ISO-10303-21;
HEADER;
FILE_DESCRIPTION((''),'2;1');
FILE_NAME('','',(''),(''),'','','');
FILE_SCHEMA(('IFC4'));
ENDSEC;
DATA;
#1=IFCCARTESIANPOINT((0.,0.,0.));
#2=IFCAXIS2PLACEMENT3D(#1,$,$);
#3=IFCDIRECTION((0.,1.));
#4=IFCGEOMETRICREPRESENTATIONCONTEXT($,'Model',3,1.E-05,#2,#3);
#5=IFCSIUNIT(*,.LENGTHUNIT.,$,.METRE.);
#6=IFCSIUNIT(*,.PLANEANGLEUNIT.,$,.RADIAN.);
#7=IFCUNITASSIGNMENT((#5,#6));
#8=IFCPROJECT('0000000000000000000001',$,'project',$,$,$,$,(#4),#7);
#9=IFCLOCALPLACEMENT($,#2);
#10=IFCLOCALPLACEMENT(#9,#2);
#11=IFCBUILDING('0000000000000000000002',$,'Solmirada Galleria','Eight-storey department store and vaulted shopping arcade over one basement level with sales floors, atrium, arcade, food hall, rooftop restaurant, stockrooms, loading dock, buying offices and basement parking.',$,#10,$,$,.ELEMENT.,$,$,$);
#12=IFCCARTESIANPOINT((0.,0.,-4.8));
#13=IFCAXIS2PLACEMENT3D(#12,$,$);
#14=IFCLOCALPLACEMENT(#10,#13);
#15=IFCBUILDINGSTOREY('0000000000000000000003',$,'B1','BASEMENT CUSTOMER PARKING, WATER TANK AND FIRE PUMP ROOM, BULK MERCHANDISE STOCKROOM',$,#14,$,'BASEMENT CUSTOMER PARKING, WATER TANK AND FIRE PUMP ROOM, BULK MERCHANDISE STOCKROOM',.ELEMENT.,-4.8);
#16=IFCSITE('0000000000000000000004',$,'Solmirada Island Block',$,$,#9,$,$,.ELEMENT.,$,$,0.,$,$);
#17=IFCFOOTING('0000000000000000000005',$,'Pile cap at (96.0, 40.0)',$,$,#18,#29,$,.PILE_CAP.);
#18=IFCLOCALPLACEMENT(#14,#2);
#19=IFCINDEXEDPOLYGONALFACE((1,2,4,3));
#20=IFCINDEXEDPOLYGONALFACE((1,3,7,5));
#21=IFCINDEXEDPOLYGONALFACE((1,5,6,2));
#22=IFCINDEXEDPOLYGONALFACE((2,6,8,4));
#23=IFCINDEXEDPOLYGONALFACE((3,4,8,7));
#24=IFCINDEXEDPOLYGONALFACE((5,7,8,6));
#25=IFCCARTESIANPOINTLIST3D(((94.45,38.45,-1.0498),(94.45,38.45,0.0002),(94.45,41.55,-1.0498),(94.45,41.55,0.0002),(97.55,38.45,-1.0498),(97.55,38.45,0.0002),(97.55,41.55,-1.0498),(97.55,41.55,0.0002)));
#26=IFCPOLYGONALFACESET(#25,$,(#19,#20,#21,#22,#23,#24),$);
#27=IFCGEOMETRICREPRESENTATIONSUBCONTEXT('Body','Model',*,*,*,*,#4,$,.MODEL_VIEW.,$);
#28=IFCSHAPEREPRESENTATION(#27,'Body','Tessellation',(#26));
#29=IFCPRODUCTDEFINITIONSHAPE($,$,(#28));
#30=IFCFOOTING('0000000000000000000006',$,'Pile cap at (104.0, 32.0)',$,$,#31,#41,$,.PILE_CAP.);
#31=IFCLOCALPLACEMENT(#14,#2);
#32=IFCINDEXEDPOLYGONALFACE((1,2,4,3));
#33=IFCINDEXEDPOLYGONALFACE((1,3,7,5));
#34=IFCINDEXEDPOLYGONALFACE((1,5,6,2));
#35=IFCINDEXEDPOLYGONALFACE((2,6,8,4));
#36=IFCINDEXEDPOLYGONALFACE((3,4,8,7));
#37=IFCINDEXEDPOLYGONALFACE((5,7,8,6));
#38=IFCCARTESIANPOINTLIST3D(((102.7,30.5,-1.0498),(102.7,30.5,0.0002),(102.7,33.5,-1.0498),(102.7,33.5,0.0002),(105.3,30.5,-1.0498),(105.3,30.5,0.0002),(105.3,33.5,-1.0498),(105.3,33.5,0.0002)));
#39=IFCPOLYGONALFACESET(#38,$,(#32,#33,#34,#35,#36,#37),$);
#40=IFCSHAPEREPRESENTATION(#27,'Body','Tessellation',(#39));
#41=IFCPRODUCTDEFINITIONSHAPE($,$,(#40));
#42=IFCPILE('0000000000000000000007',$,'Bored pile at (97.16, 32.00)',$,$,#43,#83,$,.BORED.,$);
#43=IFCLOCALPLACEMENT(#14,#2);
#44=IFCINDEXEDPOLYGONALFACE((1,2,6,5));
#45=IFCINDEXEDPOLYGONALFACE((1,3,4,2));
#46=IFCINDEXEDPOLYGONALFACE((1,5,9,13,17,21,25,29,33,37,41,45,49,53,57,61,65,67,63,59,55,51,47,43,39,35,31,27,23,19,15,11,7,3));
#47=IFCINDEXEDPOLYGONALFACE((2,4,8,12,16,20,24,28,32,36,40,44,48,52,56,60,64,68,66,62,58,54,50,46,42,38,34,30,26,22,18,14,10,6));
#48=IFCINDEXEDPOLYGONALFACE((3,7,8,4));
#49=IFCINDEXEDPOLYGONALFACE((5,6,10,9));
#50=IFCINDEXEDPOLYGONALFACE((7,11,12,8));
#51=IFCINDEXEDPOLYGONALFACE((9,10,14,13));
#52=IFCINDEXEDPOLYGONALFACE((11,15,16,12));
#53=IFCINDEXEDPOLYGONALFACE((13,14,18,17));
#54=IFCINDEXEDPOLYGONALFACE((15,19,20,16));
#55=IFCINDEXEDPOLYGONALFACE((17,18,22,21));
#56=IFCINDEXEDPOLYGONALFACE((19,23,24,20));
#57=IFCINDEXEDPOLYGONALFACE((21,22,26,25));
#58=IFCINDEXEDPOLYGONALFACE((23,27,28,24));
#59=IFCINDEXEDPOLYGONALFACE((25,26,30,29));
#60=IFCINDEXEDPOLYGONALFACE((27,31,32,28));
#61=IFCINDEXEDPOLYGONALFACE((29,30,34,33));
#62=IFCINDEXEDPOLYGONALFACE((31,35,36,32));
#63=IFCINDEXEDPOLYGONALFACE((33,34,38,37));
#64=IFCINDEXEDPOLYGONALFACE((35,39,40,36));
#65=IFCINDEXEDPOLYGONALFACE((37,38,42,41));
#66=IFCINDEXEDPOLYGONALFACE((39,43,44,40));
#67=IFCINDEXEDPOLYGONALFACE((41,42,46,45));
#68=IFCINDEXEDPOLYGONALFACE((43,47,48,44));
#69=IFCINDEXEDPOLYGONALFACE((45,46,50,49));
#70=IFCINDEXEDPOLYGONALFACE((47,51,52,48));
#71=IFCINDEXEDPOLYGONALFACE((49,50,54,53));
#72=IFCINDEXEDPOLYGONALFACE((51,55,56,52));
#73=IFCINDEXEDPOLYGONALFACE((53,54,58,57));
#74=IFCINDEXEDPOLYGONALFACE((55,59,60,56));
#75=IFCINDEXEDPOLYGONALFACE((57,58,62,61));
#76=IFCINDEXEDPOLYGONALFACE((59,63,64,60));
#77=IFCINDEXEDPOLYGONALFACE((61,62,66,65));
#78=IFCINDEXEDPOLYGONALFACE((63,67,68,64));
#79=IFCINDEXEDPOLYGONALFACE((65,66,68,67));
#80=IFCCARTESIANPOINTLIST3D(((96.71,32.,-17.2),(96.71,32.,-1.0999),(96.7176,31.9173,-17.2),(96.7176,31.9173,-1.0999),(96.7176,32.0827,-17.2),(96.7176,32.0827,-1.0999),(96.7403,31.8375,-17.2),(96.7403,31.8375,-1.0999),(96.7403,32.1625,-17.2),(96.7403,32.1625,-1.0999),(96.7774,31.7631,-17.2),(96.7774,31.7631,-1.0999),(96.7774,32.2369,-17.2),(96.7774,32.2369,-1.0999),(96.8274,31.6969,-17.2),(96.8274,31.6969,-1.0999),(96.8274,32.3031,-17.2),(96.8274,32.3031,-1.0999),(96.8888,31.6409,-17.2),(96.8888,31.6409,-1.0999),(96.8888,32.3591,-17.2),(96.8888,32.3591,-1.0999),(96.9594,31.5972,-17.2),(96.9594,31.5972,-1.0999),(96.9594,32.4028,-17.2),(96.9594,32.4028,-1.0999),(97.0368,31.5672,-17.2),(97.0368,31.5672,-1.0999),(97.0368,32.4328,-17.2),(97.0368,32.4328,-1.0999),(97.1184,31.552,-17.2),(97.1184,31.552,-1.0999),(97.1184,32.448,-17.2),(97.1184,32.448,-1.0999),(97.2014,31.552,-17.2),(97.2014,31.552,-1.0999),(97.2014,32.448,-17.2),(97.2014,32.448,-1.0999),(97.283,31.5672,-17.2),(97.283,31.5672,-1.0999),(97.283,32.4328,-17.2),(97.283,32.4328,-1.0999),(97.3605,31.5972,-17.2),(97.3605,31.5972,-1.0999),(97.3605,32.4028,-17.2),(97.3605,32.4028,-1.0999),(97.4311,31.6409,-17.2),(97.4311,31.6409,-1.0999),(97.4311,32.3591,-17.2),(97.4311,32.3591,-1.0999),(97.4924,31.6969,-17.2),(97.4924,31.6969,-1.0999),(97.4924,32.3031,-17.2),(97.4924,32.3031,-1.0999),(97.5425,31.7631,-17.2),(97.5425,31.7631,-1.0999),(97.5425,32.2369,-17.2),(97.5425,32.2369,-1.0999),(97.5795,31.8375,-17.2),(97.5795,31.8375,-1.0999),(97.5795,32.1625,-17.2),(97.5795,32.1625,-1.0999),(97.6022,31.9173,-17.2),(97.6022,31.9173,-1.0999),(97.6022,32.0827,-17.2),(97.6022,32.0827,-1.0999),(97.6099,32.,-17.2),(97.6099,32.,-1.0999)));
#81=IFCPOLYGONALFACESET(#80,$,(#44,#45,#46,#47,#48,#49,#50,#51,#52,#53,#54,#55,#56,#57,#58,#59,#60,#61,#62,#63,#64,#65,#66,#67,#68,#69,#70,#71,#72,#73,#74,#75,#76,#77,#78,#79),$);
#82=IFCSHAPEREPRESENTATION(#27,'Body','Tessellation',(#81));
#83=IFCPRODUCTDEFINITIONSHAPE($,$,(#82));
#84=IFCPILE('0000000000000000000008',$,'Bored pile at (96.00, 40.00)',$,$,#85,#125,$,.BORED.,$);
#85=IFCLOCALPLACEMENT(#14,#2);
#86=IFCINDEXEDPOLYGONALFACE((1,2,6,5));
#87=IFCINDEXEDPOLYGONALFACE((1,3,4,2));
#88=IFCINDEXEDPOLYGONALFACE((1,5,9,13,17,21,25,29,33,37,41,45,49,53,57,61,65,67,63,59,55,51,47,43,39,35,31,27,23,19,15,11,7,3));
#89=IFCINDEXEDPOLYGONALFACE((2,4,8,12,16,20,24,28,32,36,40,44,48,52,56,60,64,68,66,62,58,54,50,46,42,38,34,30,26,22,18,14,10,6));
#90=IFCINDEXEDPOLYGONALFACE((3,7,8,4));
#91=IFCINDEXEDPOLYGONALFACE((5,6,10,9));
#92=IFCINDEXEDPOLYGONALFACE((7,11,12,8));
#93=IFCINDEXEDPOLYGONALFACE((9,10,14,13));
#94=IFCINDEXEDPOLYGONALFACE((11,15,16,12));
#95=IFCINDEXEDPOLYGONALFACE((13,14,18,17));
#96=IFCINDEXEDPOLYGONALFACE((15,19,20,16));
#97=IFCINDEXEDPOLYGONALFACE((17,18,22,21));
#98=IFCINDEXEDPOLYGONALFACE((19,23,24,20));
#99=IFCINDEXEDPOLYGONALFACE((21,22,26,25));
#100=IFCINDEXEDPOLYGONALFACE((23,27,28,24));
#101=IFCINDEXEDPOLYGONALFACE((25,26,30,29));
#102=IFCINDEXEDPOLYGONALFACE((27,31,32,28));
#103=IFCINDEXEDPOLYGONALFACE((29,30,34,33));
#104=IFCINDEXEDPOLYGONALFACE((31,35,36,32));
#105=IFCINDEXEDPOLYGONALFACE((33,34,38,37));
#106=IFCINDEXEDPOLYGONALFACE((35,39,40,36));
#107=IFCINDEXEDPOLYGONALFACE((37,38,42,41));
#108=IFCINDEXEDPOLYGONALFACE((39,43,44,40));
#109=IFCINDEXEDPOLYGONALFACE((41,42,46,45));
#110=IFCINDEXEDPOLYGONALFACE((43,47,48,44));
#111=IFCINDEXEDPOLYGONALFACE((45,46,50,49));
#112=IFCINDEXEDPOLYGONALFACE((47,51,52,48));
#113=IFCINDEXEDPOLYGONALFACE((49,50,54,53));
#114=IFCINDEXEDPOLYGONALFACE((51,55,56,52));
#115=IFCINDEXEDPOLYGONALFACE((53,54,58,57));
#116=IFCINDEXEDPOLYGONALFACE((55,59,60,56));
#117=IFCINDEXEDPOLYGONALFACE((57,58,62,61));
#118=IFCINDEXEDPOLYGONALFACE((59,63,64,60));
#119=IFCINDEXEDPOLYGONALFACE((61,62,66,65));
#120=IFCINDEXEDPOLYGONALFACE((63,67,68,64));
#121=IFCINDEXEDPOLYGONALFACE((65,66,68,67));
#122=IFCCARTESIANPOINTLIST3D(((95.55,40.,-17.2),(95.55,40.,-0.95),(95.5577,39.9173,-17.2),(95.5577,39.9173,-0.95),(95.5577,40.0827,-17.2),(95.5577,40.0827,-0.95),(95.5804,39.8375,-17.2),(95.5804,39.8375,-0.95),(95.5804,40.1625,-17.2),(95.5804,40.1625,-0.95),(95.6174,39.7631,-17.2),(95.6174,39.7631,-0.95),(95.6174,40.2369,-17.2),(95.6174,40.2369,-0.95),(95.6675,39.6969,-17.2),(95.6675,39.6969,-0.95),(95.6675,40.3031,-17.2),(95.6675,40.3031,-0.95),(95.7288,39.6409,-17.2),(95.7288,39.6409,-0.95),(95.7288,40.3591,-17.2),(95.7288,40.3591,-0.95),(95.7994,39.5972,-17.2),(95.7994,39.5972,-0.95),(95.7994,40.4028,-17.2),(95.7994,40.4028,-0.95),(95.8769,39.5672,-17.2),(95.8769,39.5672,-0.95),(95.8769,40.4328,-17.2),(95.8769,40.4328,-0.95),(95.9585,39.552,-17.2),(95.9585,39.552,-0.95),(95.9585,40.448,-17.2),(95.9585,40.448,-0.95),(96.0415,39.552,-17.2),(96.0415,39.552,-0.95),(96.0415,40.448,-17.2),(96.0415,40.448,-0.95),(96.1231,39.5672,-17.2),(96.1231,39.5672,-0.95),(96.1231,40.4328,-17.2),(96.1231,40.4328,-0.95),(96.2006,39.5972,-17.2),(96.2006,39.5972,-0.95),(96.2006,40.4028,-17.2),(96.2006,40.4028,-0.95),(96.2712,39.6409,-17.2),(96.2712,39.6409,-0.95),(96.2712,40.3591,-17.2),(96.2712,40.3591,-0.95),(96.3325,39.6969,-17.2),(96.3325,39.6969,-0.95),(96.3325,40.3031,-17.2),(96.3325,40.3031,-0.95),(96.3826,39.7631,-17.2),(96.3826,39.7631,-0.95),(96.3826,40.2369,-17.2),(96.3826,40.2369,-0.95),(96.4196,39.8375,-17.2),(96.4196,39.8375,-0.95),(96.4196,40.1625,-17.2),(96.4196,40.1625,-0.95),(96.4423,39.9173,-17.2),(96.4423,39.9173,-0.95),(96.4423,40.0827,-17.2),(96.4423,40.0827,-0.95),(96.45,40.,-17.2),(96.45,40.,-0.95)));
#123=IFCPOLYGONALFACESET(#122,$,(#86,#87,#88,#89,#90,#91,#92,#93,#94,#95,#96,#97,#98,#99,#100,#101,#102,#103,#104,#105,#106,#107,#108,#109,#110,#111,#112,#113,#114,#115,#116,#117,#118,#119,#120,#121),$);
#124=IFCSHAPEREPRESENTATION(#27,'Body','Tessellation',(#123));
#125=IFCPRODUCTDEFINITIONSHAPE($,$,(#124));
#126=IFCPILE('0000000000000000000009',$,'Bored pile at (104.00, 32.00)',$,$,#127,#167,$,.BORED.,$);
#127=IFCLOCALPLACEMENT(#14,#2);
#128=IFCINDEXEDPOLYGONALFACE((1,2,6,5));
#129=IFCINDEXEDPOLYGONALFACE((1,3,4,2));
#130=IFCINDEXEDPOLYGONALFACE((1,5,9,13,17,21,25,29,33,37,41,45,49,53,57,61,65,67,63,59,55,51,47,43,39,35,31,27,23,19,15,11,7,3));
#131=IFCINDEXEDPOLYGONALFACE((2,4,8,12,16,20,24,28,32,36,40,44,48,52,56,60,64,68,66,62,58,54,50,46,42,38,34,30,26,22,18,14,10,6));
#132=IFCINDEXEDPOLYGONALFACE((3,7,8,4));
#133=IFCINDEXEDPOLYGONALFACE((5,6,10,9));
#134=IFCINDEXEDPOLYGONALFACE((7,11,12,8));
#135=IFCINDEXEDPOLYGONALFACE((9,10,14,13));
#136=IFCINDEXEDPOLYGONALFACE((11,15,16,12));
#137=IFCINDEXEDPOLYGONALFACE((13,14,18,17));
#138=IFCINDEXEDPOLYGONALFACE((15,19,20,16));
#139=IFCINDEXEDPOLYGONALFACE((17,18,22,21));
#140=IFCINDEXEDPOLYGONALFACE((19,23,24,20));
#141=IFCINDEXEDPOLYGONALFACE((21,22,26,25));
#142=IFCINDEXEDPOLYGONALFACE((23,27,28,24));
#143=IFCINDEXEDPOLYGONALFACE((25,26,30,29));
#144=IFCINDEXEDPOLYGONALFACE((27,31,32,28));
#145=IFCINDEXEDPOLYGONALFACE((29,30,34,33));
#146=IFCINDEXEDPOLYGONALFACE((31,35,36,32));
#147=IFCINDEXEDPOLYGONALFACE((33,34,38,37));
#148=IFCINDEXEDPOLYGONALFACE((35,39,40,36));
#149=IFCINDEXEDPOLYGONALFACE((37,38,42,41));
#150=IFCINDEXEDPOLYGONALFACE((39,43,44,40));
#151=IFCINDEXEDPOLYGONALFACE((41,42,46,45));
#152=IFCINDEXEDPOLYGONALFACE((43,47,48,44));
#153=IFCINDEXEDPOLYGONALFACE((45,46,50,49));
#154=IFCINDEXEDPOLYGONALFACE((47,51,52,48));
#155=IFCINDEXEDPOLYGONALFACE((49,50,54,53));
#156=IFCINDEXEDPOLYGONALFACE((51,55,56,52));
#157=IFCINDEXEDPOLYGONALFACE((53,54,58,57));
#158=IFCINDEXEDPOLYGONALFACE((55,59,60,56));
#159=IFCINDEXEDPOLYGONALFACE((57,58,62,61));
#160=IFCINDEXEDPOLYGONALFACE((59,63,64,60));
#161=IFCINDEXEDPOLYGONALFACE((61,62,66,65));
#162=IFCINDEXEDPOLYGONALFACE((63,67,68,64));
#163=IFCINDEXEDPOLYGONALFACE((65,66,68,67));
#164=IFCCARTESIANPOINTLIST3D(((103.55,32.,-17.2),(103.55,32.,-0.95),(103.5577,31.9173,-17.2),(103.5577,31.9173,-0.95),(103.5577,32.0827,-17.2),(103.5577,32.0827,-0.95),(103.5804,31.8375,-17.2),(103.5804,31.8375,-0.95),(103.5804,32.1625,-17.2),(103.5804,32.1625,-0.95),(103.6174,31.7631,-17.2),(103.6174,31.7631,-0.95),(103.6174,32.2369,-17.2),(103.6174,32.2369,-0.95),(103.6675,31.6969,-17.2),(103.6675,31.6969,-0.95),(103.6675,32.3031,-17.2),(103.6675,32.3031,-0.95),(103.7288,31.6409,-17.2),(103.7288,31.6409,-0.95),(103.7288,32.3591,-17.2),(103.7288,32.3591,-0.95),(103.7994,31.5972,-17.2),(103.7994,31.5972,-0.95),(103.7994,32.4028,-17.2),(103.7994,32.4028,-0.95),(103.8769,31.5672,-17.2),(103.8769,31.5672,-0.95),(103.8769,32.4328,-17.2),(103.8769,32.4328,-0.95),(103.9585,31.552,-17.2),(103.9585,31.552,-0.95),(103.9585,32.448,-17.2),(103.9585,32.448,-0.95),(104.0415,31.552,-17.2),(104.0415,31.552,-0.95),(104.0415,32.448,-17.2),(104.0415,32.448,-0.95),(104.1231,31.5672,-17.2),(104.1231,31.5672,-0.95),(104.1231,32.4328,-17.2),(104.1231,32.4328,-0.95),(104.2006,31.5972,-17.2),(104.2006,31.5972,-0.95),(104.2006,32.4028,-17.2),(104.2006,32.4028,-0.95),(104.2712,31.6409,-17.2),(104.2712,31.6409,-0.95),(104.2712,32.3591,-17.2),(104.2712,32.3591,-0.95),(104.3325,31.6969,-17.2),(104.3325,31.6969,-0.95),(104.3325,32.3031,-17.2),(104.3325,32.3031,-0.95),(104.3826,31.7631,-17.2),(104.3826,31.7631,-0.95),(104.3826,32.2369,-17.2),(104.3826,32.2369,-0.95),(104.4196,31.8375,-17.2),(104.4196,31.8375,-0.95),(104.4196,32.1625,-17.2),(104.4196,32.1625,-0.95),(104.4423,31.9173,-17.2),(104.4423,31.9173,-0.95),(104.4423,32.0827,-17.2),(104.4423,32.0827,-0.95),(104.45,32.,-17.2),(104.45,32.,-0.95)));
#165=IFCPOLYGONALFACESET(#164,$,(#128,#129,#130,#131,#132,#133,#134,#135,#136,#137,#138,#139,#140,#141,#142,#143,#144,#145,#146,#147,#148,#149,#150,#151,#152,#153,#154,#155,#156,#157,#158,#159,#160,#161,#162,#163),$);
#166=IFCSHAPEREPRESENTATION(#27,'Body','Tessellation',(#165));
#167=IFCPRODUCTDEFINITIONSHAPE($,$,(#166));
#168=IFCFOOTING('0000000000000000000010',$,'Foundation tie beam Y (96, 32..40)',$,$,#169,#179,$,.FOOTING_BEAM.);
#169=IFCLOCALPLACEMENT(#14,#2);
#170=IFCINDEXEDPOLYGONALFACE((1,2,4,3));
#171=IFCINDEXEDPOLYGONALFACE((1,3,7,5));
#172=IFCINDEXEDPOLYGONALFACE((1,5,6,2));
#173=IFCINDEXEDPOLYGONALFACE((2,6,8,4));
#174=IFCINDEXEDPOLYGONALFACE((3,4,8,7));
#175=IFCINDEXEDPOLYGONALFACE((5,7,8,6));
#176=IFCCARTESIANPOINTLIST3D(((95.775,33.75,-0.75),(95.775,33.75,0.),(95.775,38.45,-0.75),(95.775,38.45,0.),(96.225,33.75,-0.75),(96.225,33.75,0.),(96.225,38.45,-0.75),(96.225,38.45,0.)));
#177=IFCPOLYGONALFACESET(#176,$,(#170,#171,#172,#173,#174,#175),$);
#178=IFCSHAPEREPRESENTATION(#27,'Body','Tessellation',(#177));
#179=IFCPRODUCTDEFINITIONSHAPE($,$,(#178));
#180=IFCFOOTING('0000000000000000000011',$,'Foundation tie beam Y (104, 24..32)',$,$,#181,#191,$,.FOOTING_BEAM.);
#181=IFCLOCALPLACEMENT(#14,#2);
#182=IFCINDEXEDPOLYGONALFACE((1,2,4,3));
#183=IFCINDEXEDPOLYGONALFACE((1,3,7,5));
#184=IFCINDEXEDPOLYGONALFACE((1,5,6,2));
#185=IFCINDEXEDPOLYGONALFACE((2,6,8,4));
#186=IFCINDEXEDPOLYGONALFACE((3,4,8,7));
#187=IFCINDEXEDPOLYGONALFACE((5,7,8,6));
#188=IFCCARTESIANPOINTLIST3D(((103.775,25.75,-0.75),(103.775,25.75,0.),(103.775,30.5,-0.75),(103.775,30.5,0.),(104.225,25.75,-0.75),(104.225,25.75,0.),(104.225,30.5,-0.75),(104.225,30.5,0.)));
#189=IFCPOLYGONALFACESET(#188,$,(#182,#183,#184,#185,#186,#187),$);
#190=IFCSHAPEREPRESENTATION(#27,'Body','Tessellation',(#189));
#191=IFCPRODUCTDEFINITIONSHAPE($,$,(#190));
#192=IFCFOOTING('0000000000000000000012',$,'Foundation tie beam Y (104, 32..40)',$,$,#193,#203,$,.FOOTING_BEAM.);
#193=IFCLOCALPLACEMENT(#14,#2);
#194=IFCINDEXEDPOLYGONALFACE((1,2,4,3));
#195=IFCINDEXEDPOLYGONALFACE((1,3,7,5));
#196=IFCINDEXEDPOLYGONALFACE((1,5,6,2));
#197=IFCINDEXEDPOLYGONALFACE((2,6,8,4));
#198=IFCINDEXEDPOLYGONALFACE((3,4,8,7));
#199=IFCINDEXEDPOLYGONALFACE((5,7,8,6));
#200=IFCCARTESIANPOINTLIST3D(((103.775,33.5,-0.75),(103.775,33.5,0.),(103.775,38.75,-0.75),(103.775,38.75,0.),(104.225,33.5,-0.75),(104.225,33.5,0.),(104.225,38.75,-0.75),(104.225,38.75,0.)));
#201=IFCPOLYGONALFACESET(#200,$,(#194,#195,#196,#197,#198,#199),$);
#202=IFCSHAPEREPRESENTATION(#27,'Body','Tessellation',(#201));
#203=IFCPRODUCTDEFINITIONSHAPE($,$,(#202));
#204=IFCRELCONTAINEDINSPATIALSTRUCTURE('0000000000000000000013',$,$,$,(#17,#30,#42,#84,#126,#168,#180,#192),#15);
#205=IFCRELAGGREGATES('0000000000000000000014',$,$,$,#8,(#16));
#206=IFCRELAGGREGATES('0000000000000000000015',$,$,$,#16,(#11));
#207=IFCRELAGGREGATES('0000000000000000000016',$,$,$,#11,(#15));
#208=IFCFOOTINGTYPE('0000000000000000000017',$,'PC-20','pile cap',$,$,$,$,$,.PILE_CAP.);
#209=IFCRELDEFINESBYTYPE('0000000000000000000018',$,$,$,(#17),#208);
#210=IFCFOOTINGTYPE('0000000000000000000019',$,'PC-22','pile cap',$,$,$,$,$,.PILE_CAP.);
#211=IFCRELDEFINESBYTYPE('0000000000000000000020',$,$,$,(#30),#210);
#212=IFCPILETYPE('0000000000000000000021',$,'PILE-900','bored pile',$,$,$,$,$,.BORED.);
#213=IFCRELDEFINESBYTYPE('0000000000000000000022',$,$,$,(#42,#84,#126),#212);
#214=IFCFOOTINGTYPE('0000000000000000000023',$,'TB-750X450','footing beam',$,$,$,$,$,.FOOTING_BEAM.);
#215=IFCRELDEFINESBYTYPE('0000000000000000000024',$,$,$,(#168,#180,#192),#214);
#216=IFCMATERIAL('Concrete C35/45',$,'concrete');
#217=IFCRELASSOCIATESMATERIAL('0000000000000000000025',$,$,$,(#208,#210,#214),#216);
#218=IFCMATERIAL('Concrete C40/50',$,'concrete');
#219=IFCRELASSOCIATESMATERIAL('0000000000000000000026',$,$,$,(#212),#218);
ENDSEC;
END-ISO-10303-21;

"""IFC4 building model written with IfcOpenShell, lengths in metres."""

from ifc_helpers import new_model, si_unit, direction, frame, origin, origin_2d, place, context, subcontext, project, spatial, rectangle, circle, extrude, material, material_profile, profile_set, type_object, element, save


model = new_model("IFC4")

# Units and contexts
model_context = context("Model", 3, precision=1e-05, world=origin(), true_north=direction((0.0, 1.0)))
body_context = subcontext(model_context, "Body", "Model", "MODEL_VIEW")
ifc_project = project(units=[si_unit("LENGTHUNIT", "METRE"), si_unit("PLANEANGLEUNIT", "RADIAN")], contexts=[model_context])

# Site, building, storey
site_placement = place(None, origin())
site = spatial("IfcSite", under=ifc_project, at=site_placement, Name="Solmirada Island Block", CompositionType="ELEMENT", RefElevation=0.0)
building_placement = place(site_placement, origin())
building = spatial("IfcBuilding", under=site, at=building_placement, Name="Solmirada Galleria", Description="Eight-storey department store and vaulted shopping arcade over one basement level with sales floors, atrium, arcade, food hall, rooftop restaurant, stockrooms, loading dock, buying offices and basement parking.", CompositionType="ELEMENT")
storey_placement = place(building_placement, frame((0.0, 0.0, -4.8)))
storey = spatial("IfcBuildingStorey", under=building, at=storey_placement, Name="B1", Description="BASEMENT CUSTOMER PARKING, WATER TANK AND FIRE PUMP ROOM, BULK MERCHANDISE STOCKROOM", LongName="BASEMENT CUSTOMER PARKING, WATER TANK AND FIRE PUMP ROOM, BULK MERCHANDISE STOCKROOM", CompositionType="ELEMENT", Elevation=-4.8)

# Footings
ifc_material_1 = material(Name="Concrete C35/45", Category="concrete")
footing_type_1 = type_object("IfcFootingType", Name="PC-20", Description="pile cap", PredefinedType="PILE_CAP", material=ifc_material_1)
footing_1_placement = place(storey_placement, frame((96.0, 40.0, -1.0498), z_axis=(0.0, 0.0, 1.0), x_axis=(1.0, 0.0, 0.0)))
element("IfcFooting", 1, at=footing_1_placement, inside=storey, type_object=footing_type_1, Name="Pile cap at (96.0, 40.0)", PredefinedType="PILE_CAP", context=body_context, shape_type="SweptSolid", body=[
    extrude(rectangle(XDim=3.1001, YDim=3.1001, at=origin_2d()), origin(), (0.0, 0.0, 1.0), 1.05),
])
footing_type_2 = type_object("IfcFootingType", Name="PC-22", Description="pile cap", PredefinedType="PILE_CAP", material=ifc_material_1)
footing_2_placement = place(storey_placement, frame((104.0, 32.0, -1.0498), z_axis=(0.0, 0.0, 1.0), x_axis=(1.0, 0.0, 0.0)))
element("IfcFooting", 2, at=footing_2_placement, inside=storey, type_object=footing_type_2, Name="Pile cap at (104.0, 32.0)", PredefinedType="PILE_CAP", context=body_context, shape_type="SweptSolid", body=[
    extrude(rectangle(XDim=2.6001, YDim=3.0, at=origin_2d()), origin(), (0.0, 0.0, 1.0), 1.05),
])

# Piles
ifc_material_2 = material(Name="Concrete C40/50", Category="concrete")
ifc_material_profile_1 = material_profile(ifc_material_2, circle(Radius=0.45, at=origin_2d()), Name="PILE900")
ifc_profile_set_1 = profile_set([ifc_material_profile_1], Name="Concrete C40/50")
pile_type = type_object("IfcPileType", Name="PILE-900", Description="bored pile", PredefinedType="BORED", material=ifc_profile_set_1)
pile_placement = place(storey_placement, frame((97.1599, 32.0, -1.0999), z_axis=(0.0, 0.0, -1.0), x_axis=(1.0, 0.0, 0.0)))
element("IfcPile", 3, at=pile_placement, inside=storey, type_object=pile_type, Name="Bored pile at (97.16, 32.00)", PredefinedType="BORED", context=body_context, shape_type="SweptSolid", body=[
    extrude(circle(Radius=0.45, at=origin_2d()), origin(), (0.0, 0.0, 1.0), 16.1001),
])
for number, where, z_axis, x_axis, name in (
    (4, (96.0, 40.0, -0.95), (0.0, 0.0, -1.0), (1.0, 0.0, 0.0), "Bored pile at (96.00, 40.00)"),
    (5, (104.0, 32.0, -0.95), (0.0, 0.0, -1.0), (1.0, 0.0, 0.0), "Bored pile at (104.00, 32.00)"),
):
    element("IfcPile", number, at=place(storey_placement, frame(where, z_axis=z_axis, x_axis=x_axis)), inside=storey, type_object=pile_type, Name=name, PredefinedType="BORED", context=body_context, shape_type="SweptSolid", body=[
        extrude(circle(Radius=0.45, at=origin_2d()), origin(), (0.0, 0.0, 1.0), 16.25),
    ])

# Footings
ifc_material_profile_2 = material_profile(ifc_material_1, rectangle(XDim=0.45, YDim=0.75, at=origin_2d()), Name="RC750X450")
ifc_profile_set_2 = profile_set([ifc_material_profile_2], Name="Concrete C35/45")
footing_type_3 = type_object("IfcFootingType", Name="TB-750X450", Description="footing beam", PredefinedType="FOOTING_BEAM", material=ifc_profile_set_2)
footing_3_placement = place(storey_placement, frame((96.0, 33.75, -0.375), z_axis=(0.0, 1.0, 0.0), x_axis=(-1.0, 0.0, 0.0)))
element("IfcFooting", 6, at=footing_3_placement, inside=storey, type_object=footing_type_3, Name="Foundation tie beam Y (96, 32..40)", PredefinedType="FOOTING_BEAM", context=body_context, shape_type="SweptSolid", body=[
    extrude(rectangle(XDim=0.45, YDim=0.75, at=origin_2d()), origin(), (0.0, 0.0, 1.0), 4.7),
])
footing_4_placement = place(storey_placement, frame((104.0, 25.75, -0.375), z_axis=(0.0, 1.0, 0.0), x_axis=(-1.0, 0.0, 0.0)))
element("IfcFooting", 7, at=footing_4_placement, inside=storey, type_object=footing_type_3, Name="Foundation tie beam Y (104, 24..32)", PredefinedType="FOOTING_BEAM", context=body_context, shape_type="SweptSolid", body=[
    extrude(rectangle(XDim=0.45, YDim=0.75, at=origin_2d()), origin(), (0.0, 0.0, 1.0), 4.75),
])
footing_5_placement = place(storey_placement, frame((104.0, 33.5, -0.375), z_axis=(0.0, 1.0, 0.0), x_axis=(-1.0, 0.0, 0.0)))
element("IfcFooting", 8, at=footing_5_placement, inside=storey, type_object=footing_type_3, Name="Foundation tie beam Y (104, 32..40)", PredefinedType="FOOTING_BEAM", context=body_context, shape_type="SweptSolid", body=[
    extrude(rectangle(XDim=0.45, YDim=0.75, at=origin_2d()), origin(), (0.0, 0.0, 1.0), 5.25),
])

save(model, "model.ifc")
